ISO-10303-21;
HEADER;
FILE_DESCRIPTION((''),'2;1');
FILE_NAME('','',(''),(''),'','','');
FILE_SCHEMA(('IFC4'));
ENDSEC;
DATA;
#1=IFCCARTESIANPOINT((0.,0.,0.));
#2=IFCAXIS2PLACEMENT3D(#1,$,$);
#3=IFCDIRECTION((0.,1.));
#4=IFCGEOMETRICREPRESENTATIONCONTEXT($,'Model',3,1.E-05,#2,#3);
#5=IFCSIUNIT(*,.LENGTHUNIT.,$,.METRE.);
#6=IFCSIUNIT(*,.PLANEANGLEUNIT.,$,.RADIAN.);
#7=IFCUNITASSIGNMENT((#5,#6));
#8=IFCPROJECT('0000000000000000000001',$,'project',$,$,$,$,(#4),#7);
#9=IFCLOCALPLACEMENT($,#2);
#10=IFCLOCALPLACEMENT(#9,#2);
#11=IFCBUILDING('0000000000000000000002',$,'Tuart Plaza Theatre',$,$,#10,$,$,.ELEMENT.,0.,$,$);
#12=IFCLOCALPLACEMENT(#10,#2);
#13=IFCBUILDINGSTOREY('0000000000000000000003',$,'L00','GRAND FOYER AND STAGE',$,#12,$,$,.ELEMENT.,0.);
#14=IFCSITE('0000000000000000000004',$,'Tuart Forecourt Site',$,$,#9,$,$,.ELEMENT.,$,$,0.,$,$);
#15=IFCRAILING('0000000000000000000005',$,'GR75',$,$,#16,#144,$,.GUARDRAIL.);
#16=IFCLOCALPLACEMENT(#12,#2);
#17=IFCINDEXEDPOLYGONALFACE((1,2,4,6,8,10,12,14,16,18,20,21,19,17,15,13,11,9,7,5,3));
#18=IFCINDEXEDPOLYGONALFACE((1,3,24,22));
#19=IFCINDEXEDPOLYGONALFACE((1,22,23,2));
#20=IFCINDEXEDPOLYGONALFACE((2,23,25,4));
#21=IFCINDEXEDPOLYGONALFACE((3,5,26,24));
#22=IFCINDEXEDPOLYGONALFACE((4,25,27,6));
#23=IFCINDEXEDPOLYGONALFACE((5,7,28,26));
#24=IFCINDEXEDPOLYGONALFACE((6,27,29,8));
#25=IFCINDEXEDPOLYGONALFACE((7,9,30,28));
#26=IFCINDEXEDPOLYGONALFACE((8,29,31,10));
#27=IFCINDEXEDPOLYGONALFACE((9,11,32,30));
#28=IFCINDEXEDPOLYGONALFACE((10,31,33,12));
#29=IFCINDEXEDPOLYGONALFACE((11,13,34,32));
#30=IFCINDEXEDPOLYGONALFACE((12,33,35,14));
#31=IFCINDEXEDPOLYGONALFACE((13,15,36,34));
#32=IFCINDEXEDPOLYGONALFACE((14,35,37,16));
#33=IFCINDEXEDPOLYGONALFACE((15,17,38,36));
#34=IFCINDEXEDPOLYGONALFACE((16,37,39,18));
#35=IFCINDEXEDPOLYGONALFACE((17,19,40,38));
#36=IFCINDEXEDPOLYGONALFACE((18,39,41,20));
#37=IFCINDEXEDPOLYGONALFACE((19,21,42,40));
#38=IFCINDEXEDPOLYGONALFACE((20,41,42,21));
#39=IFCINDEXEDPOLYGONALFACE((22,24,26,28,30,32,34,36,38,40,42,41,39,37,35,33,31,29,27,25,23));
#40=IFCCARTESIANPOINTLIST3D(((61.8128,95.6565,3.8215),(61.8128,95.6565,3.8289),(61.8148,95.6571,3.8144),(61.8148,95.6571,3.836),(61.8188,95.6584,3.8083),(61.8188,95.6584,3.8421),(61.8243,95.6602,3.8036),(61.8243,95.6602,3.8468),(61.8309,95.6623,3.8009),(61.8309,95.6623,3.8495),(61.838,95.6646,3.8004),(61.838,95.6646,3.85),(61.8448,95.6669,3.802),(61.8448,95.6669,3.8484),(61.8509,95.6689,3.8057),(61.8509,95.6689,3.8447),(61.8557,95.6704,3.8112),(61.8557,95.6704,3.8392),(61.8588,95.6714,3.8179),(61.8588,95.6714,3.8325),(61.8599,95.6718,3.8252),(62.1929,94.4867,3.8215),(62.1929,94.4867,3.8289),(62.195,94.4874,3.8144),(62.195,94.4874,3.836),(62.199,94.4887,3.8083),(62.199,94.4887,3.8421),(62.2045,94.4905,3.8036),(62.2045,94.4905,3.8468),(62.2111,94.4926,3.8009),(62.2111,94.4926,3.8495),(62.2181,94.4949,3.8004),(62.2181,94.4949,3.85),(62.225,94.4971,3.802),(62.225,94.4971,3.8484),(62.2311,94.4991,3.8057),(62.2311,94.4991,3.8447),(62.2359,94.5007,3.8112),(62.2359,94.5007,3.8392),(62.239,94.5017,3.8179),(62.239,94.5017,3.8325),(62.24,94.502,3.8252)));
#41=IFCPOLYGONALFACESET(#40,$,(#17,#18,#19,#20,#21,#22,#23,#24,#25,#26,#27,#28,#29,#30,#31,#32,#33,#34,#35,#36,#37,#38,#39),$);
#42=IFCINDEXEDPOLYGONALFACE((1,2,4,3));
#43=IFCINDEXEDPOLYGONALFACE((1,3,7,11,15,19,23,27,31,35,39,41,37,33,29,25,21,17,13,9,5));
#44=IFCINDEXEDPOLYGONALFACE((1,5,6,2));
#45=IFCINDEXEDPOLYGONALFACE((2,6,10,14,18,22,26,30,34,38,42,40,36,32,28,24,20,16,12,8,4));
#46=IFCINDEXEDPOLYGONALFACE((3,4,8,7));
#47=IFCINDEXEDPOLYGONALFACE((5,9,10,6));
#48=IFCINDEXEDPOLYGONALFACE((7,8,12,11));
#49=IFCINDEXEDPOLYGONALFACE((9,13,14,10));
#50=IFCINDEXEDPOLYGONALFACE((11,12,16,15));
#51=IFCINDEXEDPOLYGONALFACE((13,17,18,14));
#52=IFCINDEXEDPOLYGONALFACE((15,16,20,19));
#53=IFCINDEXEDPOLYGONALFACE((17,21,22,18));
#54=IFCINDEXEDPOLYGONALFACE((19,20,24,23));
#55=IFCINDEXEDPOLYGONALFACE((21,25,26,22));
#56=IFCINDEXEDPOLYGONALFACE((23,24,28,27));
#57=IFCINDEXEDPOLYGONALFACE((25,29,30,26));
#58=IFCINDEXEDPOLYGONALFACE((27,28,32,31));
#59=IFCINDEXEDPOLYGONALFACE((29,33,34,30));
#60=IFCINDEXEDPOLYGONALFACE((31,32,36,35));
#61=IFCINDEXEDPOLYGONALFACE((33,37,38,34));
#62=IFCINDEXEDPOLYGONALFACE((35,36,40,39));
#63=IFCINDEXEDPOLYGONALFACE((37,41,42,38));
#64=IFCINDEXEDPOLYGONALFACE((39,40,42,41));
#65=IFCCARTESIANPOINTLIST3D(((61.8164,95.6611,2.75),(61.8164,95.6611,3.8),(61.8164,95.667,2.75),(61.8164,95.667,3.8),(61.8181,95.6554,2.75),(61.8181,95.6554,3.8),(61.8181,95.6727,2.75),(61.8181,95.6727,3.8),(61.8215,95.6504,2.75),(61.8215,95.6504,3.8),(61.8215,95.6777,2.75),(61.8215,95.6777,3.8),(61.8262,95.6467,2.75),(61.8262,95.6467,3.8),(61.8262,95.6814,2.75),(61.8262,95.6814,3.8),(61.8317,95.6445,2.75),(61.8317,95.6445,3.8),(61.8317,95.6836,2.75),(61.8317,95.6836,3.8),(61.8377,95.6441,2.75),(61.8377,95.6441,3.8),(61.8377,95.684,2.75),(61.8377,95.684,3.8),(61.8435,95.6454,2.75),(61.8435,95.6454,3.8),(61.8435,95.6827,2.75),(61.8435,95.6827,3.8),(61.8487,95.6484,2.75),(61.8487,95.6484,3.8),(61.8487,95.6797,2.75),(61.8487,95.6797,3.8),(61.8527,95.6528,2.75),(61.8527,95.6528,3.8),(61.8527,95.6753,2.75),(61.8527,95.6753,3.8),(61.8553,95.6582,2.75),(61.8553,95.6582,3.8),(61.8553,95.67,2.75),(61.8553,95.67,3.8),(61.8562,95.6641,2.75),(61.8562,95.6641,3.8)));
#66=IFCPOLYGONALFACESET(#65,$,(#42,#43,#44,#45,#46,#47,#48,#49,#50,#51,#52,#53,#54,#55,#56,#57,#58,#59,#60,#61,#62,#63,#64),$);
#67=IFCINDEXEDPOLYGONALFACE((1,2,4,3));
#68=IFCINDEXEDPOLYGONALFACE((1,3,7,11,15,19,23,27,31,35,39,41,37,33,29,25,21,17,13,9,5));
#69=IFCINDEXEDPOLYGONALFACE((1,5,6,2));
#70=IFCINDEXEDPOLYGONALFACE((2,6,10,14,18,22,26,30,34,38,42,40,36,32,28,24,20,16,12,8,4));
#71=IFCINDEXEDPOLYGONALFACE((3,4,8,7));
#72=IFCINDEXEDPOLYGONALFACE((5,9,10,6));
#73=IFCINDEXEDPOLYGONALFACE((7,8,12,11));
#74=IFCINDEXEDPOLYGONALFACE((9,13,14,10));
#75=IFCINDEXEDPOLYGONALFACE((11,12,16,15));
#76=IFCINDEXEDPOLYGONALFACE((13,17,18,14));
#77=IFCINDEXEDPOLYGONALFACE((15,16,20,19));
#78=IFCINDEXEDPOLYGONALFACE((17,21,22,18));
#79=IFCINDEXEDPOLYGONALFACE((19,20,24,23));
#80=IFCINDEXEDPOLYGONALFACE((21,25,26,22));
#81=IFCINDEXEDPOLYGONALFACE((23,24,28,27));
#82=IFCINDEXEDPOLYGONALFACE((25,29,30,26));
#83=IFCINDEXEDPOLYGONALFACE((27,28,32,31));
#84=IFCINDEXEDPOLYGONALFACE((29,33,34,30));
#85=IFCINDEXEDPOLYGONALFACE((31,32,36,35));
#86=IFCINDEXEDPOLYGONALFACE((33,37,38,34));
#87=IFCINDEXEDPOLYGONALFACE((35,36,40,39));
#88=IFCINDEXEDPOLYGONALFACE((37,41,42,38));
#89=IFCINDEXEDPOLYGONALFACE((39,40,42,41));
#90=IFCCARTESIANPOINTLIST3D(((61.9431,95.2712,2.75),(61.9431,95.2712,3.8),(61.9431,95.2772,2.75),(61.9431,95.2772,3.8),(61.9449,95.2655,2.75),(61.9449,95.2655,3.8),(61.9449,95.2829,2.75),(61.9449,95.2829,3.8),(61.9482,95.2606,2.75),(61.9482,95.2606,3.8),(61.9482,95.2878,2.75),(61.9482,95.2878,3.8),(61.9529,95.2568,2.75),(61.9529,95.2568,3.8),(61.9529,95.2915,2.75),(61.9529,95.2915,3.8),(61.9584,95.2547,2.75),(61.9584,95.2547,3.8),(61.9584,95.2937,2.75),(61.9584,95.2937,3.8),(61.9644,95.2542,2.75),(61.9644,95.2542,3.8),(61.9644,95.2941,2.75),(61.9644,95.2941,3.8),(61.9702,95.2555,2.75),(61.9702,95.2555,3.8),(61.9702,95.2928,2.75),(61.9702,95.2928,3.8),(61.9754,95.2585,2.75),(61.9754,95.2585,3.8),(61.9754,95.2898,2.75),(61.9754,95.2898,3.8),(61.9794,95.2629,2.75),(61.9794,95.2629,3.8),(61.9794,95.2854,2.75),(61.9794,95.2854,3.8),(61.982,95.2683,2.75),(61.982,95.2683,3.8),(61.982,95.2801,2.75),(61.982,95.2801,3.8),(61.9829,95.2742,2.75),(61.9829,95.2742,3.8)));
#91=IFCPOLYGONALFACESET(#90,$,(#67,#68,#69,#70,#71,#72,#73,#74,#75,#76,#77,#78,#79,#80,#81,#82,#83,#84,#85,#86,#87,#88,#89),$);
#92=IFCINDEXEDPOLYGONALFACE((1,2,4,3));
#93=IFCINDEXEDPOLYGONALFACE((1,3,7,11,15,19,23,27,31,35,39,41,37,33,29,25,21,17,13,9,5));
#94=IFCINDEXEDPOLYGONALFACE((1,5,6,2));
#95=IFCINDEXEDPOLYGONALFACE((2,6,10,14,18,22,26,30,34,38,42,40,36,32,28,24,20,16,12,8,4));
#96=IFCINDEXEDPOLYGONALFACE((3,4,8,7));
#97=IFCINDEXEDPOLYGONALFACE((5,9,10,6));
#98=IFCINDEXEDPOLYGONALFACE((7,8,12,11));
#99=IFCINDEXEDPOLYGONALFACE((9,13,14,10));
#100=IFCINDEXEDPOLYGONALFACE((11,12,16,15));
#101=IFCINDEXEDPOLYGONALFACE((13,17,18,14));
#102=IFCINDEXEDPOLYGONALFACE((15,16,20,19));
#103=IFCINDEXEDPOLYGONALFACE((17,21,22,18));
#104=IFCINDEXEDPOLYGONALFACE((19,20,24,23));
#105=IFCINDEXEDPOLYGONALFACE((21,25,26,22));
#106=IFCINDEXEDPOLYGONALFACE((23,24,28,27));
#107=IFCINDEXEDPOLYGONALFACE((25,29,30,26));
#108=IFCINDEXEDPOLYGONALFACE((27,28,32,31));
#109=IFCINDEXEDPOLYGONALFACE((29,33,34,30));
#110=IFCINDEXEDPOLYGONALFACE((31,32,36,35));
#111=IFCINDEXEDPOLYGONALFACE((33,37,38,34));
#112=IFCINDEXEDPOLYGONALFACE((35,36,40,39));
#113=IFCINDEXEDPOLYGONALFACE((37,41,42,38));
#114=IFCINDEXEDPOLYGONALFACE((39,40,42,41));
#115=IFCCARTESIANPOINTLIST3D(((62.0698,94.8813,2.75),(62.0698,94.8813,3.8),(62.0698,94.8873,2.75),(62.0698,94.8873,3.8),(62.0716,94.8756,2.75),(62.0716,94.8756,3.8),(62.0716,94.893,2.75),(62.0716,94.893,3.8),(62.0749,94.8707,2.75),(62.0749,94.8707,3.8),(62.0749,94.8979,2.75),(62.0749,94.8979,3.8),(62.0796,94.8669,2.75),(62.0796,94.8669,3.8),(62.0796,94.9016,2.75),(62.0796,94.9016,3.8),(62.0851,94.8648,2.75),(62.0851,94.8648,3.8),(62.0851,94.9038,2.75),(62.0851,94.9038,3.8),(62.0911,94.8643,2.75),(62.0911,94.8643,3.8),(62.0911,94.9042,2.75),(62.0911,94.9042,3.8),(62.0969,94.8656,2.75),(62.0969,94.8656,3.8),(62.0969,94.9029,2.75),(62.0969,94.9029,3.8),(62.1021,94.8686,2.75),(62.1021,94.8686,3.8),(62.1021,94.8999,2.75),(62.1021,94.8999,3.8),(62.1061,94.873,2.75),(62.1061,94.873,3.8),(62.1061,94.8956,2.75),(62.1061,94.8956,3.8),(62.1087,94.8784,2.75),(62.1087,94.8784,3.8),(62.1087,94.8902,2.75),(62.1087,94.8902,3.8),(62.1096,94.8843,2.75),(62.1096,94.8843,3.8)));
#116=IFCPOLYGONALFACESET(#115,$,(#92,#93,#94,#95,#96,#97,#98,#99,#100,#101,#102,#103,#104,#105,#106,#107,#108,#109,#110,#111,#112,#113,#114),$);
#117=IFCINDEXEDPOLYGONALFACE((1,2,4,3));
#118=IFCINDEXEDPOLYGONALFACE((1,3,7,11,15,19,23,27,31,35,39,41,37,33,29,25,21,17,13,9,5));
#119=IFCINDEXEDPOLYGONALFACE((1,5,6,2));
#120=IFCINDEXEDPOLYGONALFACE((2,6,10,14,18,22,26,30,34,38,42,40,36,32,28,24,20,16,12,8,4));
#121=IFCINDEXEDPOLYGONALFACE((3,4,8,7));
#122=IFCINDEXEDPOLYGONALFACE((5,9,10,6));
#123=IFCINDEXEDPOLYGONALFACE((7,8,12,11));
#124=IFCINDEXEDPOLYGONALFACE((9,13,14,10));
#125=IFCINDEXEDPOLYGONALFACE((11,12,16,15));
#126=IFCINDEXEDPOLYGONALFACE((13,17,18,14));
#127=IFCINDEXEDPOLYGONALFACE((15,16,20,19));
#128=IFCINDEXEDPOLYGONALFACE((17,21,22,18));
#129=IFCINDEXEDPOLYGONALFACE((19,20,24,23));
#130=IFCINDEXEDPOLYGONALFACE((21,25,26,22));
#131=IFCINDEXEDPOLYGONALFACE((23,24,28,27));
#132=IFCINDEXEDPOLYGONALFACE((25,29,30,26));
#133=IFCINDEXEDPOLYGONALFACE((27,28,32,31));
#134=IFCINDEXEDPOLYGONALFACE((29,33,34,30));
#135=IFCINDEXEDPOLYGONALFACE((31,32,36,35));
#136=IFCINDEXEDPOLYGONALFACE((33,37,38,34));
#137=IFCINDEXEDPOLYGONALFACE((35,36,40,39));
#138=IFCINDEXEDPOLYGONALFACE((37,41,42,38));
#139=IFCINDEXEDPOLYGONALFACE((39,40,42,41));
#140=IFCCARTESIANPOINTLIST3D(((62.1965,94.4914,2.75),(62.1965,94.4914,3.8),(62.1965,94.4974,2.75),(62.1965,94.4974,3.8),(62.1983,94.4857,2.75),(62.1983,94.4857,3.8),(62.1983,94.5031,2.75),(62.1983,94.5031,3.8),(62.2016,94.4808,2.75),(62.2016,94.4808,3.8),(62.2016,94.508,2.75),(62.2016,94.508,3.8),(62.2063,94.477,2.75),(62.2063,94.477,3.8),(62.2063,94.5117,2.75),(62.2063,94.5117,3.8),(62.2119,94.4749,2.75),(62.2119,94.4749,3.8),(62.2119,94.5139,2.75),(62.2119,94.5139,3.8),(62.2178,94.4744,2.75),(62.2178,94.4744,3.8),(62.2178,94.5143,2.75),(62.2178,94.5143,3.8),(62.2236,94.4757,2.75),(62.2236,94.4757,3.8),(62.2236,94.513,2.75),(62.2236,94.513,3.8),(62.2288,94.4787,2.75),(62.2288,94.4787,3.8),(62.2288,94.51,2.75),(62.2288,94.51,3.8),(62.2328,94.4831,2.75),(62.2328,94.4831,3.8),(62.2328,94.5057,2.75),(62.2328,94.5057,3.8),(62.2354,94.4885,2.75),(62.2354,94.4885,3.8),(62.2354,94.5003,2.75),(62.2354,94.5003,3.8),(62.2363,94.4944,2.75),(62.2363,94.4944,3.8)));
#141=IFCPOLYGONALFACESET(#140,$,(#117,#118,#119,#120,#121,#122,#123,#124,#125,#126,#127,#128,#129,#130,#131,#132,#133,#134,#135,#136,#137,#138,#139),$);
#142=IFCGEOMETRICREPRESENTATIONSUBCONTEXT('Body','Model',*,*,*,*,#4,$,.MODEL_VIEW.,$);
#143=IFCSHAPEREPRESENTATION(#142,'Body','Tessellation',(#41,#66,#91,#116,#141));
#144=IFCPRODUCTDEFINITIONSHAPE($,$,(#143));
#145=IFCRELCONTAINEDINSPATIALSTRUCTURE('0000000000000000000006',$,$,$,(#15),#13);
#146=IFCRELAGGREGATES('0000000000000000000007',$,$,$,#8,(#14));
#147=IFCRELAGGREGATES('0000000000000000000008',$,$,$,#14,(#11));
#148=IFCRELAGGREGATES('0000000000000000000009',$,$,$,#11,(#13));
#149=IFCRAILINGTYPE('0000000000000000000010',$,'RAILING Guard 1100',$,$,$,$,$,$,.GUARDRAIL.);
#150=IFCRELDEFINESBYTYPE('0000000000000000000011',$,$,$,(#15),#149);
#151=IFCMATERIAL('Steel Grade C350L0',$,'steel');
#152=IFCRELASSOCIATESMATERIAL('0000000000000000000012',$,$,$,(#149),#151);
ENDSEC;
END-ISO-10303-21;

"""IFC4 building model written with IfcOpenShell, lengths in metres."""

from ifc_helpers import new_model, si_unit, direction, frame, origin, origin_2d, place, context, subcontext, project, spatial, circle, extrude, material, type_object, element, save


model = new_model("IFC4")

# Units and contexts
model_context = context("Model", 3, precision=1e-05, world=origin(), true_north=direction((0.0, 1.0)))
body_context = subcontext(model_context, "Body", "Model", "MODEL_VIEW")
ifc_project = project(units=[si_unit("LENGTHUNIT", "METRE"), si_unit("PLANEANGLEUNIT", "RADIAN")], contexts=[model_context])

# Site, building, storey
site_placement = place(None, origin())
site = spatial("IfcSite", under=ifc_project, at=site_placement, Name="Tuart Forecourt Site", CompositionType="ELEMENT", RefElevation=0.0)
building_placement = place(site_placement, origin())
building = spatial("IfcBuilding", under=site, at=building_placement, Name="Tuart Plaza Theatre", CompositionType="ELEMENT", ElevationOfRefHeight=0.0)
storey_placement = place(building_placement, origin())
storey = spatial("IfcBuildingStorey", under=building, at=storey_placement, Name="L00", Description="GRAND FOYER AND STAGE", CompositionType="ELEMENT", Elevation=0.0)

# Railing
ifc_material_1 = material(Name="Steel Grade C350L0", Category="steel")
railing_type_1 = type_object("IfcRailingType", Name="RAILING Guard 1100", PredefinedType="GUARDRAIL", material=ifc_material_1)
railing_1_placement = place(storey_placement, frame((61.8362, 95.6641, 2.75)))
element("IfcRailing", 1, at=railing_1_placement, inside=storey, type_object=railing_type_1, Name="GR75", PredefinedType="GUARDRAIL", context=body_context, shape_type="SweptSolid", body=[
    extrude(circle(Radius=0.0249, at=origin_2d()), frame((0.0, 0.0, 1.0752), z_axis=(0.309073, -0.951038, 0.0), x_axis=(0.951038, 0.309073, 0.0)), (0.0, 0.0, 1.0), 1.23),
    extrude(circle(Radius=0.02, at=origin_2d()), origin(), (0.0, 0.0, 1.0), 1.05),
    extrude(circle(Radius=0.02, at=origin_2d()), frame((0.1267, -0.3899, 0.0)), (0.0, 0.0, 1.0), 1.05),
    extrude(circle(Radius=0.02, at=origin_2d()), frame((0.2534, -0.7798, 0.0)), (0.0, 0.0, 1.0), 1.05),
    extrude(circle(Radius=0.02, at=origin_2d()), frame((0.3801, -1.1697, 0.0)), (0.0, 0.0, 1.0), 1.05),
])

save(model, "model.ifc")
